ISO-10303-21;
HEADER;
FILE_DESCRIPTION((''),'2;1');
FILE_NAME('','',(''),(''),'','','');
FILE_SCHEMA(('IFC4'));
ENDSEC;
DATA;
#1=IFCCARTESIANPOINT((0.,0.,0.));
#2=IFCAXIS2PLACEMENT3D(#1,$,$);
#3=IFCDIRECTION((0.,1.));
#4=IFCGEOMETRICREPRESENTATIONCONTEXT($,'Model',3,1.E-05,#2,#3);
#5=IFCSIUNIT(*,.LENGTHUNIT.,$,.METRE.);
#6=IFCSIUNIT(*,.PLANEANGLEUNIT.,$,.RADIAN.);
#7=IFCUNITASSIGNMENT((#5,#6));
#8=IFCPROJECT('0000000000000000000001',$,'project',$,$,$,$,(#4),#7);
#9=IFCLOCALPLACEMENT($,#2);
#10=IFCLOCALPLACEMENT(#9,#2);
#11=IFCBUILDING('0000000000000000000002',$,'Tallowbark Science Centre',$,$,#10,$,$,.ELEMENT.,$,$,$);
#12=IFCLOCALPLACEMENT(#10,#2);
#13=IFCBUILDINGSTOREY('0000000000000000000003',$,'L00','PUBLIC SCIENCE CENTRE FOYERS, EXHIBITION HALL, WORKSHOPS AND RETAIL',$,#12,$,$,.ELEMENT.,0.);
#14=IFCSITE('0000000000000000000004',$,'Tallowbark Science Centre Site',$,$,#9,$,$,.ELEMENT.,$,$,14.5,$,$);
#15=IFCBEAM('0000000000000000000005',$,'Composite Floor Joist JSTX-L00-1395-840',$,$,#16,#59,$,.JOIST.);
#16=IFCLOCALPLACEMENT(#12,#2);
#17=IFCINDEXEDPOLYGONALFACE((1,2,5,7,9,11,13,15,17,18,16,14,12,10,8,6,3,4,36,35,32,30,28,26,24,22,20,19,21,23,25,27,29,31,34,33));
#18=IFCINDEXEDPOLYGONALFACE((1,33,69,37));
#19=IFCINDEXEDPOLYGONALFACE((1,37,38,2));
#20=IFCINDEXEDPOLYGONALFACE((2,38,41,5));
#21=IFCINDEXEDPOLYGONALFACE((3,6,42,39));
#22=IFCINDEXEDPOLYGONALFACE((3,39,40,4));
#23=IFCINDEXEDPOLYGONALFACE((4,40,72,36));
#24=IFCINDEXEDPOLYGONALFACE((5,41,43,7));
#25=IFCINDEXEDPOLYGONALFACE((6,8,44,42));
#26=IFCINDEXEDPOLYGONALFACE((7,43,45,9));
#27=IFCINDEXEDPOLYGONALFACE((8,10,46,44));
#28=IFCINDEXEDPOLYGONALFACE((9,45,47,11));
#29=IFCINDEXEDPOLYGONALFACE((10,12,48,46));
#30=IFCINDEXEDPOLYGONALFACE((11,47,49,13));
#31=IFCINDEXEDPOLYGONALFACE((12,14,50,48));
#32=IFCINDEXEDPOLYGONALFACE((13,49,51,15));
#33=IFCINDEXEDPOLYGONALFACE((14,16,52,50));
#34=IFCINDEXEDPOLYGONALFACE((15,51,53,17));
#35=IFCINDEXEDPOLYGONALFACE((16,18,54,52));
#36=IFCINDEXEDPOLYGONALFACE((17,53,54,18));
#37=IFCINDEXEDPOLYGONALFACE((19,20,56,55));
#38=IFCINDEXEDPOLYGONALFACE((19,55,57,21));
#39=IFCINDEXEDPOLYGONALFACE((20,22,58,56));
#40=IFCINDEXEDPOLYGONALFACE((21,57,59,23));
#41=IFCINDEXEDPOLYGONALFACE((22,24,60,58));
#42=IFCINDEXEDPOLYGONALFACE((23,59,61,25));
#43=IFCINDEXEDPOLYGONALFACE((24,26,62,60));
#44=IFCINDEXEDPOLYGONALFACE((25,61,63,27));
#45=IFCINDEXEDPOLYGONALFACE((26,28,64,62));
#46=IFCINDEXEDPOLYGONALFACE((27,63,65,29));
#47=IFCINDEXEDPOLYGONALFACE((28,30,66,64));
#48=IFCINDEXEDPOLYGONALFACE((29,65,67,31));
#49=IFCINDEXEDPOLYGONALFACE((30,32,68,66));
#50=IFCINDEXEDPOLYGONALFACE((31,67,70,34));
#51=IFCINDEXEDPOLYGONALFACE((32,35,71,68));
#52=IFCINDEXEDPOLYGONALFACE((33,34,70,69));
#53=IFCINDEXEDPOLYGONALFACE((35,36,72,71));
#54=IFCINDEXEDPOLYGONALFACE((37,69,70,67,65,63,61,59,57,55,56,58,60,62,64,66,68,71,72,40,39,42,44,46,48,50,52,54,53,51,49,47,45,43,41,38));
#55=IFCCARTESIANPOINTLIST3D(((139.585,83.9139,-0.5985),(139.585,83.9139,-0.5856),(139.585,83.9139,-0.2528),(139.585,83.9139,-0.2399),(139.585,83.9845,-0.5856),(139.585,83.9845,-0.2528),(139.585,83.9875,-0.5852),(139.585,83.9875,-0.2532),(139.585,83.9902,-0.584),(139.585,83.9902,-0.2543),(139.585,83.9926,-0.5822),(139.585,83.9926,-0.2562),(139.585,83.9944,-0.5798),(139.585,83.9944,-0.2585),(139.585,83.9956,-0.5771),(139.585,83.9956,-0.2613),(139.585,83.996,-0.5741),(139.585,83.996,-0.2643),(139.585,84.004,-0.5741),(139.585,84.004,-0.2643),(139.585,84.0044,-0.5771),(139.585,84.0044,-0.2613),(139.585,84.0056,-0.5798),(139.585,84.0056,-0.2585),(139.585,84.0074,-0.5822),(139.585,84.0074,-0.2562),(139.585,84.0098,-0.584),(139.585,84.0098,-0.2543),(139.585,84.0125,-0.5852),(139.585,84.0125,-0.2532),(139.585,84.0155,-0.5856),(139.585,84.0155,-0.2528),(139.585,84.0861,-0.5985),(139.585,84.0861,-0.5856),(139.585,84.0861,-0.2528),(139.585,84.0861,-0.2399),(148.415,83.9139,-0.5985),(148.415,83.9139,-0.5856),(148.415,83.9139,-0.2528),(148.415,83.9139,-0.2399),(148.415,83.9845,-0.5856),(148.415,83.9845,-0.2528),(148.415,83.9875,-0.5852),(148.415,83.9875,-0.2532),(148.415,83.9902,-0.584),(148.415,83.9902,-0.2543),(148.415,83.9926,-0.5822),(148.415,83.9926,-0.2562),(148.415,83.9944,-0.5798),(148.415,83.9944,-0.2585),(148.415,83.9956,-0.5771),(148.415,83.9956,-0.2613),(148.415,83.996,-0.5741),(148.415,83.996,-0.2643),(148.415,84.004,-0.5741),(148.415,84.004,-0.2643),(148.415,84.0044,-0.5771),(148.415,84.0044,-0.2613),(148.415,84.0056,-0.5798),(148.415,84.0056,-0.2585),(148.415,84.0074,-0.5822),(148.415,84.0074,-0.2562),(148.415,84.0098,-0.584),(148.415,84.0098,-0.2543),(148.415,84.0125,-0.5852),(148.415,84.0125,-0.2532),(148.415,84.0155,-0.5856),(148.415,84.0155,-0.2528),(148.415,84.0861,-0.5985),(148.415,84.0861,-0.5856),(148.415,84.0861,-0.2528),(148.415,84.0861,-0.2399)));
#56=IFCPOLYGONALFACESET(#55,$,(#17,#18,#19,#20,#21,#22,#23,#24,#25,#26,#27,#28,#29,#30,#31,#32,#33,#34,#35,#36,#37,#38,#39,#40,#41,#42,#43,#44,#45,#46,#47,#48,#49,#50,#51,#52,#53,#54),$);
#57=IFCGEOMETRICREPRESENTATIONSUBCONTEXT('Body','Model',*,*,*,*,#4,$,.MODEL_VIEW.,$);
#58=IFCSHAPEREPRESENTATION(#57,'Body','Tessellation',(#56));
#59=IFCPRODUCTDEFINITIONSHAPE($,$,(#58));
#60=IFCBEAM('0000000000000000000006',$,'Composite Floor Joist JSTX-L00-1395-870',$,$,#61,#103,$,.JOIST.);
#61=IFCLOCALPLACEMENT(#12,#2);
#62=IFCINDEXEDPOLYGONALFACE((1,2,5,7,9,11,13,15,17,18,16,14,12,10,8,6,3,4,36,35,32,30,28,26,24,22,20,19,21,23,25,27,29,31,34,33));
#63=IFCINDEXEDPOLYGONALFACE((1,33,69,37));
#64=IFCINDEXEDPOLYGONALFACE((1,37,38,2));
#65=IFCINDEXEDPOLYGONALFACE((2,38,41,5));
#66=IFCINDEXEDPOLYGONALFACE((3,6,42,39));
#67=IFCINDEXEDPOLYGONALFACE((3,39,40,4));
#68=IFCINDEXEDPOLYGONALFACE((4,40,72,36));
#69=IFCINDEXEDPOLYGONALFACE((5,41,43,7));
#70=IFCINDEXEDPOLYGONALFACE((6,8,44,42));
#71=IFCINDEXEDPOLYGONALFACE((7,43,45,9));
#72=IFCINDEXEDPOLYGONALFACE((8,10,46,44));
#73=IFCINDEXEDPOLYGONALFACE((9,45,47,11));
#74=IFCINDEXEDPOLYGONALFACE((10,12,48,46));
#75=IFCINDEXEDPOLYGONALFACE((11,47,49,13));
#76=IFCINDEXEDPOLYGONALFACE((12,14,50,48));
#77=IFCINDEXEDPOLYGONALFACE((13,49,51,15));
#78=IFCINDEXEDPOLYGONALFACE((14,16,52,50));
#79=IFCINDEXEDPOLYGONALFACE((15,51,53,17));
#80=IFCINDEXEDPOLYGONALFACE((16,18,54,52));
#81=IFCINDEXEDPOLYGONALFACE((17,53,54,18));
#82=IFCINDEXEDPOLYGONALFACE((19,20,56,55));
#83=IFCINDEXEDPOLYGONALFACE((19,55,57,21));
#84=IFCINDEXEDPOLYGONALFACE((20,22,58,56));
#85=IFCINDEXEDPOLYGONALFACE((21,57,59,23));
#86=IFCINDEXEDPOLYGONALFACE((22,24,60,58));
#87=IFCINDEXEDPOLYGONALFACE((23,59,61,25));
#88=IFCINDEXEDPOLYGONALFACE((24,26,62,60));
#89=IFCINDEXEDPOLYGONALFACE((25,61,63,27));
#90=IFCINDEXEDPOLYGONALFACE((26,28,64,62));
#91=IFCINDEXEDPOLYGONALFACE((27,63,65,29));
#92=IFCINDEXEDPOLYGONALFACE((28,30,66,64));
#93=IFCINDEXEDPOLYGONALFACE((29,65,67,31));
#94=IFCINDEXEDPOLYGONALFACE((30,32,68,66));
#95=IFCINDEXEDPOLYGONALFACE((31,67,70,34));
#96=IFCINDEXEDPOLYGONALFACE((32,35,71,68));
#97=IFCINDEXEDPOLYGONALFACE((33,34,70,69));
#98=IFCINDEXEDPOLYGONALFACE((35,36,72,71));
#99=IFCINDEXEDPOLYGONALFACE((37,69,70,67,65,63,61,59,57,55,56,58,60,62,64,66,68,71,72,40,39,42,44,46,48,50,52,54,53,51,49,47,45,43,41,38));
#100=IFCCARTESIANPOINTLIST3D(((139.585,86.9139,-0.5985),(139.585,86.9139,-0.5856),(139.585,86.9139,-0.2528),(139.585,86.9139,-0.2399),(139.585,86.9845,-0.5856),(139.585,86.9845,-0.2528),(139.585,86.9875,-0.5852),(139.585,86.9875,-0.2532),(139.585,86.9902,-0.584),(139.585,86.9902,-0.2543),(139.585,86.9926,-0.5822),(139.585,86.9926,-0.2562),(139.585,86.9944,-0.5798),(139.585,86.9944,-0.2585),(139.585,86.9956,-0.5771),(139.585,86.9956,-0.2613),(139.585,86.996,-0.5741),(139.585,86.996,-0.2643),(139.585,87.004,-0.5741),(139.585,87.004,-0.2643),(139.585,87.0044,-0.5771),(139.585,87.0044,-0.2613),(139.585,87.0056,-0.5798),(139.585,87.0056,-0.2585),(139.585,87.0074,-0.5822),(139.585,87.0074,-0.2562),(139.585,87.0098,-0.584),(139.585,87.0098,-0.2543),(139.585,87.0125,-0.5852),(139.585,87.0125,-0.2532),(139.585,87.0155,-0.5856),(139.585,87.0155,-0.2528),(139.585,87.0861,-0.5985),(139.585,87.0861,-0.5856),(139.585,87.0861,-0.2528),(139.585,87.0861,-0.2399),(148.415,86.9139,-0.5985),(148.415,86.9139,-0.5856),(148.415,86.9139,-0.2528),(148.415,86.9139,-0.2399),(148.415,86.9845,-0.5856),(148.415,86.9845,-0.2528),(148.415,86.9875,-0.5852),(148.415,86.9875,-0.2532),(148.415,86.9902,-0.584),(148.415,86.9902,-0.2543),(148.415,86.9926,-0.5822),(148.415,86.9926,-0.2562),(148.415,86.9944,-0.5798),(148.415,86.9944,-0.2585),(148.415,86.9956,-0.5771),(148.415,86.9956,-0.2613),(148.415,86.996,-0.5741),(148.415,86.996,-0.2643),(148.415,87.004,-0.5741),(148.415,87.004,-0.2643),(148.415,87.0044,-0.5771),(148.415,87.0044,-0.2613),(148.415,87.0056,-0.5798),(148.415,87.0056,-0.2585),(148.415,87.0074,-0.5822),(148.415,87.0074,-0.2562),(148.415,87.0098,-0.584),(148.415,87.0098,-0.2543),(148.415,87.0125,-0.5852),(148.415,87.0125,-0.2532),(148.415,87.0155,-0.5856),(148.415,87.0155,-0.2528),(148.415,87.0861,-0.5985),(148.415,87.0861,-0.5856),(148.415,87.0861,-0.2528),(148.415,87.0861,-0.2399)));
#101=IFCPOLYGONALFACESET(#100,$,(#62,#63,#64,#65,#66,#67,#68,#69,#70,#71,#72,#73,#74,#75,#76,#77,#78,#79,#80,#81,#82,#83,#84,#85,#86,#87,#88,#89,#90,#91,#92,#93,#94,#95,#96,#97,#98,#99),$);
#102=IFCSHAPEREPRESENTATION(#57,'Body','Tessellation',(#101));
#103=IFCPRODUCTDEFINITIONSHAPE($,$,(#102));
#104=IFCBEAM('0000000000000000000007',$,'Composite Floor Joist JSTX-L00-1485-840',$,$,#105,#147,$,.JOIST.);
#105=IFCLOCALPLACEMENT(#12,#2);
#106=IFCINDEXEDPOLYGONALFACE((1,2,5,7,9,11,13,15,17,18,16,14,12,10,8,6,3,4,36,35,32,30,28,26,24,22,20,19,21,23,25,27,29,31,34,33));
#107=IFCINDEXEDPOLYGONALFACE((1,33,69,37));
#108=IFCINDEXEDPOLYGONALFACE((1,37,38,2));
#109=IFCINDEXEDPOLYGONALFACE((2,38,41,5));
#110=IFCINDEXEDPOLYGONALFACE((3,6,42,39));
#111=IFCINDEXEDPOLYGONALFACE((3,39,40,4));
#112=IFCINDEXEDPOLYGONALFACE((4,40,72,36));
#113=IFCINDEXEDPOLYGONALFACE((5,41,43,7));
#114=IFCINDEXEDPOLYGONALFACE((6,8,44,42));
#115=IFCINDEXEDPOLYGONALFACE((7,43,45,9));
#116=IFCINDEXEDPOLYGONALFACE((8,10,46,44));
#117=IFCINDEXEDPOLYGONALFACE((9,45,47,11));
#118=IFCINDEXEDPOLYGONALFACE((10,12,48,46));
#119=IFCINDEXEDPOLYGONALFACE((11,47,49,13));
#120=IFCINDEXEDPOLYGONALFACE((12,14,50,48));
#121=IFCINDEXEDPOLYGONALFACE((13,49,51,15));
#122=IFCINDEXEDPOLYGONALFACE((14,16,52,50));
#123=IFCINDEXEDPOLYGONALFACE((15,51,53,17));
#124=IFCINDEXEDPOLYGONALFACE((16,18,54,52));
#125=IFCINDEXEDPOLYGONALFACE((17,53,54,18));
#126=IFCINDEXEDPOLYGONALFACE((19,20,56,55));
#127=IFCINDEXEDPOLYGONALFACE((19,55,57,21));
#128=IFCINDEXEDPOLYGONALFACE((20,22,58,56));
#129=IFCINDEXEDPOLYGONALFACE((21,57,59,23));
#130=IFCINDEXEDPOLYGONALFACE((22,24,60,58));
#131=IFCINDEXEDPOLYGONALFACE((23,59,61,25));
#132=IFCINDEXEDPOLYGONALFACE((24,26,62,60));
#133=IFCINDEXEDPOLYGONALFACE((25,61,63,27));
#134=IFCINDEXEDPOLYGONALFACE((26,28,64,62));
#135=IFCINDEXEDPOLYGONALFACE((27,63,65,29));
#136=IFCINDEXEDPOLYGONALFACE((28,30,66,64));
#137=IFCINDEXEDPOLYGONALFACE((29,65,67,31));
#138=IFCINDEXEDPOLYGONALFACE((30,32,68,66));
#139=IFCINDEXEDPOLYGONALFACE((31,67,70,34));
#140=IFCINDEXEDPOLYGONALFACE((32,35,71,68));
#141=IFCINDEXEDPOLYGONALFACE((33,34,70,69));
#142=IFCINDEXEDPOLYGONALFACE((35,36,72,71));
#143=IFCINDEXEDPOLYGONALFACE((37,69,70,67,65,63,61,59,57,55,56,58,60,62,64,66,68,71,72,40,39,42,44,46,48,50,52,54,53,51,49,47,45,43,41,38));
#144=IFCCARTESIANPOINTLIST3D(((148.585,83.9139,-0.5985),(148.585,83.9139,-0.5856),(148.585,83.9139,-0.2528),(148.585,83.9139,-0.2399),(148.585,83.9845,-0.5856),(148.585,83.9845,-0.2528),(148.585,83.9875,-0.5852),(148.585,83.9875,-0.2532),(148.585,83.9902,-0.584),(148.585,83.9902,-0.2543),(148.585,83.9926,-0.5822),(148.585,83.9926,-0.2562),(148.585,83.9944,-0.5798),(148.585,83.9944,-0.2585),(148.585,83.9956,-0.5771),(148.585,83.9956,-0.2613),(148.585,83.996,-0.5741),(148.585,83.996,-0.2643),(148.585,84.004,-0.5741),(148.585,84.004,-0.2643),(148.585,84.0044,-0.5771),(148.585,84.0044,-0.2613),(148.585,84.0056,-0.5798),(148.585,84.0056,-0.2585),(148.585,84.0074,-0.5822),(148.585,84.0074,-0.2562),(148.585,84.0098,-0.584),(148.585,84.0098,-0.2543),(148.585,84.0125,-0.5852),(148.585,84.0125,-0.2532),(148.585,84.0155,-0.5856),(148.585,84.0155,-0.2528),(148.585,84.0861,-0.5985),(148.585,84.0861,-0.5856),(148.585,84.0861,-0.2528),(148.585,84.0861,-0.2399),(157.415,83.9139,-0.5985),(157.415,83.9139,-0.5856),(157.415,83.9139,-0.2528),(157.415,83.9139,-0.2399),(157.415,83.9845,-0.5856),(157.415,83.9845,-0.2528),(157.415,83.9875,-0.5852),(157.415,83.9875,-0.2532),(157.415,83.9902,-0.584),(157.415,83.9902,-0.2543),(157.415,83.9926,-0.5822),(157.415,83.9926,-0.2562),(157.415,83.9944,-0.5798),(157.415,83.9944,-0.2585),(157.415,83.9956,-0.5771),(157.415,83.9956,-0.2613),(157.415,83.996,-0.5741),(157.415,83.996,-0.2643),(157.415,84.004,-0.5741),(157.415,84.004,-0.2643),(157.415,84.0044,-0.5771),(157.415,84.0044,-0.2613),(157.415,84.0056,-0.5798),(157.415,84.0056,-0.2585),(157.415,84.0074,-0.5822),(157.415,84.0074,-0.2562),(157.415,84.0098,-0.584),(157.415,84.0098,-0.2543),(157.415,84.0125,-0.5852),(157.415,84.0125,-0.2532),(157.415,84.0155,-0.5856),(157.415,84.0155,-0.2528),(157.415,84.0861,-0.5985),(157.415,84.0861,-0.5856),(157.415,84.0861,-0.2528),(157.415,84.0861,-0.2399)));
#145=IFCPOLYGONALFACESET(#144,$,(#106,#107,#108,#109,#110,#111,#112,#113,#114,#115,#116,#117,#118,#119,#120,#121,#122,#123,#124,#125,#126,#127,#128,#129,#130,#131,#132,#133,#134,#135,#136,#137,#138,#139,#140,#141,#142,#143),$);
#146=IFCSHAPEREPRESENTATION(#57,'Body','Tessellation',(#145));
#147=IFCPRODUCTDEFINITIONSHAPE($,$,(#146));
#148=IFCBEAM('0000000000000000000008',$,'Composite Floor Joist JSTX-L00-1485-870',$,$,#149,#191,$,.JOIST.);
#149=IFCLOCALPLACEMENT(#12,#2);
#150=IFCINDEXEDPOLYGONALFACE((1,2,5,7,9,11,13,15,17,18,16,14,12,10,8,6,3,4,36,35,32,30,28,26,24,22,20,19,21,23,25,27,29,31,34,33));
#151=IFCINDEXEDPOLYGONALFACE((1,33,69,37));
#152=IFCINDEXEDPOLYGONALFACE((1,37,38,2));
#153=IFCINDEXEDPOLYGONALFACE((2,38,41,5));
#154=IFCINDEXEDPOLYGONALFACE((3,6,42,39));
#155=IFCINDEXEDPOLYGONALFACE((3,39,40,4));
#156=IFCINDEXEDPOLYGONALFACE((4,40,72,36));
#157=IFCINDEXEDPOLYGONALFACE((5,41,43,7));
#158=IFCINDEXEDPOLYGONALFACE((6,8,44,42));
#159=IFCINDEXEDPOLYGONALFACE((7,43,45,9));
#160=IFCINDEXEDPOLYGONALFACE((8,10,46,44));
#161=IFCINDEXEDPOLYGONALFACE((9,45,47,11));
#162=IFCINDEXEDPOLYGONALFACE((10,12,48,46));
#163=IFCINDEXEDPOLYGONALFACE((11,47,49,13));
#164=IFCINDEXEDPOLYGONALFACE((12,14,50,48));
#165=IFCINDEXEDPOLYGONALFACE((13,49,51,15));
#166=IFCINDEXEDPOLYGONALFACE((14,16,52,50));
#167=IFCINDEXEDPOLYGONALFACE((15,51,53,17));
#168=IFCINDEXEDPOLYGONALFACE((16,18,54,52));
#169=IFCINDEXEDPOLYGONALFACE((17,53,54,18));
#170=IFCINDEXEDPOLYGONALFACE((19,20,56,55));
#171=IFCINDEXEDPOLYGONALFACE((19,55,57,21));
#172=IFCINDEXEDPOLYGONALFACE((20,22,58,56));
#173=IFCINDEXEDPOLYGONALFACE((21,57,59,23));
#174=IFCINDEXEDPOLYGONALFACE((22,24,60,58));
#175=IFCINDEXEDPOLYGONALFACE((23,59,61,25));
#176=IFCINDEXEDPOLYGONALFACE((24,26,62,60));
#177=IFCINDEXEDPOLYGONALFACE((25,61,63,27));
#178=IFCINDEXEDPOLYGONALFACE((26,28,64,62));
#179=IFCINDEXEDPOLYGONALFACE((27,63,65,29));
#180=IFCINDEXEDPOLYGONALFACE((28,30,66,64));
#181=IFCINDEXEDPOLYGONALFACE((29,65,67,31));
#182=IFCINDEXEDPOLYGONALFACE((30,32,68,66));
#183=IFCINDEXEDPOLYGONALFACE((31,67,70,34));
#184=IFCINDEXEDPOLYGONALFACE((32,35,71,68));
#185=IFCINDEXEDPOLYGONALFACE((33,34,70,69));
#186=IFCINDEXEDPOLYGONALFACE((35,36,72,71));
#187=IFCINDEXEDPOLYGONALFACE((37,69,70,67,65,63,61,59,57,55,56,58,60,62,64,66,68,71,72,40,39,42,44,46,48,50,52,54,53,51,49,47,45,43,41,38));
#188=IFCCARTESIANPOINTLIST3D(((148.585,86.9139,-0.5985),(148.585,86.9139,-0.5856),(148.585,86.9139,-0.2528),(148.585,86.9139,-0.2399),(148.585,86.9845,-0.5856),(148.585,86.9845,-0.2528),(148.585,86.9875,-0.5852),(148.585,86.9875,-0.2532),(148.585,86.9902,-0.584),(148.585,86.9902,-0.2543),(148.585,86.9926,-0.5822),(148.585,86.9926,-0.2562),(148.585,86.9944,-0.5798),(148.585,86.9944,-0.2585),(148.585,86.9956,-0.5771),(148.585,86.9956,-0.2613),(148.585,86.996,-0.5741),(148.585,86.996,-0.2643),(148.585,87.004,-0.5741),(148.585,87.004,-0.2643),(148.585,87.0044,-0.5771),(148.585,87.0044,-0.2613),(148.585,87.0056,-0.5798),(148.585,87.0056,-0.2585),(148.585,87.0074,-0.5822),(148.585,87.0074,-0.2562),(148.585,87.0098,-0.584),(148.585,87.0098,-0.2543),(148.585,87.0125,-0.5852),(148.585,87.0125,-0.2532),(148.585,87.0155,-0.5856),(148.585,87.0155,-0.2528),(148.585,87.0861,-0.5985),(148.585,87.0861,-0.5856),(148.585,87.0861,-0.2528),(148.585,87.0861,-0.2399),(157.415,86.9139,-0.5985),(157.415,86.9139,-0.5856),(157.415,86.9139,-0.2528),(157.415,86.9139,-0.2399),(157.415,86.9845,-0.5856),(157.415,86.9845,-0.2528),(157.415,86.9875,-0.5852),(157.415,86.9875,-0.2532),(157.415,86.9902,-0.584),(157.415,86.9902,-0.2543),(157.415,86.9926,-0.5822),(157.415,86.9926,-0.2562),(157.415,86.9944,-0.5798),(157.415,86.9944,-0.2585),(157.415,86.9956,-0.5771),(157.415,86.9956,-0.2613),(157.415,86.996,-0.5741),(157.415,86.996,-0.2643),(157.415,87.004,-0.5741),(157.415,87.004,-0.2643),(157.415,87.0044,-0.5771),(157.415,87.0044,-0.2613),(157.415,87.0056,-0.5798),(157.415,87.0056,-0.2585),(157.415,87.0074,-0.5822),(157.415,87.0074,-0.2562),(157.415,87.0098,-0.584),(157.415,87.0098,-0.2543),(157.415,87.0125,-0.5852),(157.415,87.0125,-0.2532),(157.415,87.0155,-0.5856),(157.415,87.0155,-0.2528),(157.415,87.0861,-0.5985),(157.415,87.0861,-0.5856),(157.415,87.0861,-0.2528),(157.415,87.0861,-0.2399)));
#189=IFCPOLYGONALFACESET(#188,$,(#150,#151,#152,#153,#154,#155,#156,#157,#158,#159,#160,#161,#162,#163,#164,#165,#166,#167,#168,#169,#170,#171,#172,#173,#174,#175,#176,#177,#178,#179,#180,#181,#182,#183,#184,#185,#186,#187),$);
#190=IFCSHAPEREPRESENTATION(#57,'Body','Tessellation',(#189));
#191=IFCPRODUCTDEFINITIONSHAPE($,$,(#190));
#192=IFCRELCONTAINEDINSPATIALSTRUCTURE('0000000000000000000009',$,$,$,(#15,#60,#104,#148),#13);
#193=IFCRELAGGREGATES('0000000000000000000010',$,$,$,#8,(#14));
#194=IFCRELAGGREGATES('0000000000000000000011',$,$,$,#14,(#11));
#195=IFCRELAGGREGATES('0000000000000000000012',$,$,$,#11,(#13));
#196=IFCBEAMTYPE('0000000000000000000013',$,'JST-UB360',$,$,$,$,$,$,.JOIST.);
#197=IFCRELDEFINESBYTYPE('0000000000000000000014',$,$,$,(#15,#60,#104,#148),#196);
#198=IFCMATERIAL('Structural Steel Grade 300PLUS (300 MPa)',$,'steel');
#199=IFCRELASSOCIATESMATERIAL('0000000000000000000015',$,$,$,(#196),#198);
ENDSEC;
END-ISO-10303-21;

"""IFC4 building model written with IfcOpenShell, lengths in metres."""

from ifc_helpers import new_model, si_unit, direction, frame, origin, origin_2d, place, context, subcontext, project, spatial, i_section, extrude, material, material_profile, profile_set, type_object, element, save


model = new_model("IFC4")

# Units and contexts
model_context = context("Model", 3, precision=1e-05, world=origin(), true_north=direction((0.0, 1.0)))
body_context = subcontext(model_context, "Body", "Model", "MODEL_VIEW")
ifc_project = project(units=[si_unit("LENGTHUNIT", "METRE"), si_unit("PLANEANGLEUNIT", "RADIAN")], contexts=[model_context])

# Site, building, storey
site_placement = place(None, origin())
site = spatial("IfcSite", under=ifc_project, at=site_placement, Name="Tallowbark Science Centre Site", CompositionType="ELEMENT", RefElevation=14.5)
building_placement = place(site_placement, origin())
building = spatial("IfcBuilding", under=site, at=building_placement, Name="Tallowbark Science Centre", CompositionType="ELEMENT")
storey_placement = place(building_placement, origin())
storey = spatial("IfcBuildingStorey", under=building, at=storey_placement, Name="L00", Description="PUBLIC SCIENCE CENTRE FOYERS, EXHIBITION HALL, WORKSHOPS AND RETAIL", CompositionType="ELEMENT", Elevation=0.0)

# Shared definitions
ifc_material_1 = material(Name="Structural Steel Grade 300PLUS (300 MPa)", Category="steel")

# Beams
ifc_material_profile_1 = material_profile(ifc_material_1, i_section(OverallWidth=0.1721, OverallDepth=0.3586, WebThickness=0.0081, FlangeThickness=0.0129, FilletRadius=0.0115, at=origin_2d()), Name="360UB56.7")
ifc_profile_set_1 = profile_set([ifc_material_profile_1], Name="Structural Steel Grade 300PLUS (300 MPa)")
beam_type_1 = type_object("IfcBeamType", Name="JST-UB360", PredefinedType="JOIST", material=ifc_profile_set_1)
for number, where, z_axis, x_axis, name in (
    (1, (139.585, 84.0, -0.4192), (1.0, 0.0, 0.0), (0.0, 1.0, 0.0), "Composite Floor Joist JSTX-L00-1395-840"),
    (2, (139.585, 87.0, -0.4192), (1.0, 0.0, 0.0), (0.0, 1.0, 0.0), "Composite Floor Joist JSTX-L00-1395-870"),
    (3, (148.585, 84.0, -0.4192), (1.0, 0.0, 0.0), (0.0, 1.0, 0.0), "Composite Floor Joist JSTX-L00-1485-840"),
    (4, (148.585, 87.0, -0.4192), (1.0, 0.0, 0.0), (0.0, 1.0, 0.0), "Composite Floor Joist JSTX-L00-1485-870"),
):
    element("IfcBeam", number, at=place(storey_placement, frame(where, z_axis=z_axis, x_axis=x_axis)), inside=storey, type_object=beam_type_1, Name=name, PredefinedType="JOIST", context=body_context, shape_type="SweptSolid", body=[
        extrude(i_section(OverallWidth=0.1721, OverallDepth=0.3586, WebThickness=0.0081, FlangeThickness=0.0129, FilletRadius=0.0115, at=origin_2d()), origin(), (0.0, 0.0, 1.0), 8.8301),
    ])

save(model, "model.ifc")
